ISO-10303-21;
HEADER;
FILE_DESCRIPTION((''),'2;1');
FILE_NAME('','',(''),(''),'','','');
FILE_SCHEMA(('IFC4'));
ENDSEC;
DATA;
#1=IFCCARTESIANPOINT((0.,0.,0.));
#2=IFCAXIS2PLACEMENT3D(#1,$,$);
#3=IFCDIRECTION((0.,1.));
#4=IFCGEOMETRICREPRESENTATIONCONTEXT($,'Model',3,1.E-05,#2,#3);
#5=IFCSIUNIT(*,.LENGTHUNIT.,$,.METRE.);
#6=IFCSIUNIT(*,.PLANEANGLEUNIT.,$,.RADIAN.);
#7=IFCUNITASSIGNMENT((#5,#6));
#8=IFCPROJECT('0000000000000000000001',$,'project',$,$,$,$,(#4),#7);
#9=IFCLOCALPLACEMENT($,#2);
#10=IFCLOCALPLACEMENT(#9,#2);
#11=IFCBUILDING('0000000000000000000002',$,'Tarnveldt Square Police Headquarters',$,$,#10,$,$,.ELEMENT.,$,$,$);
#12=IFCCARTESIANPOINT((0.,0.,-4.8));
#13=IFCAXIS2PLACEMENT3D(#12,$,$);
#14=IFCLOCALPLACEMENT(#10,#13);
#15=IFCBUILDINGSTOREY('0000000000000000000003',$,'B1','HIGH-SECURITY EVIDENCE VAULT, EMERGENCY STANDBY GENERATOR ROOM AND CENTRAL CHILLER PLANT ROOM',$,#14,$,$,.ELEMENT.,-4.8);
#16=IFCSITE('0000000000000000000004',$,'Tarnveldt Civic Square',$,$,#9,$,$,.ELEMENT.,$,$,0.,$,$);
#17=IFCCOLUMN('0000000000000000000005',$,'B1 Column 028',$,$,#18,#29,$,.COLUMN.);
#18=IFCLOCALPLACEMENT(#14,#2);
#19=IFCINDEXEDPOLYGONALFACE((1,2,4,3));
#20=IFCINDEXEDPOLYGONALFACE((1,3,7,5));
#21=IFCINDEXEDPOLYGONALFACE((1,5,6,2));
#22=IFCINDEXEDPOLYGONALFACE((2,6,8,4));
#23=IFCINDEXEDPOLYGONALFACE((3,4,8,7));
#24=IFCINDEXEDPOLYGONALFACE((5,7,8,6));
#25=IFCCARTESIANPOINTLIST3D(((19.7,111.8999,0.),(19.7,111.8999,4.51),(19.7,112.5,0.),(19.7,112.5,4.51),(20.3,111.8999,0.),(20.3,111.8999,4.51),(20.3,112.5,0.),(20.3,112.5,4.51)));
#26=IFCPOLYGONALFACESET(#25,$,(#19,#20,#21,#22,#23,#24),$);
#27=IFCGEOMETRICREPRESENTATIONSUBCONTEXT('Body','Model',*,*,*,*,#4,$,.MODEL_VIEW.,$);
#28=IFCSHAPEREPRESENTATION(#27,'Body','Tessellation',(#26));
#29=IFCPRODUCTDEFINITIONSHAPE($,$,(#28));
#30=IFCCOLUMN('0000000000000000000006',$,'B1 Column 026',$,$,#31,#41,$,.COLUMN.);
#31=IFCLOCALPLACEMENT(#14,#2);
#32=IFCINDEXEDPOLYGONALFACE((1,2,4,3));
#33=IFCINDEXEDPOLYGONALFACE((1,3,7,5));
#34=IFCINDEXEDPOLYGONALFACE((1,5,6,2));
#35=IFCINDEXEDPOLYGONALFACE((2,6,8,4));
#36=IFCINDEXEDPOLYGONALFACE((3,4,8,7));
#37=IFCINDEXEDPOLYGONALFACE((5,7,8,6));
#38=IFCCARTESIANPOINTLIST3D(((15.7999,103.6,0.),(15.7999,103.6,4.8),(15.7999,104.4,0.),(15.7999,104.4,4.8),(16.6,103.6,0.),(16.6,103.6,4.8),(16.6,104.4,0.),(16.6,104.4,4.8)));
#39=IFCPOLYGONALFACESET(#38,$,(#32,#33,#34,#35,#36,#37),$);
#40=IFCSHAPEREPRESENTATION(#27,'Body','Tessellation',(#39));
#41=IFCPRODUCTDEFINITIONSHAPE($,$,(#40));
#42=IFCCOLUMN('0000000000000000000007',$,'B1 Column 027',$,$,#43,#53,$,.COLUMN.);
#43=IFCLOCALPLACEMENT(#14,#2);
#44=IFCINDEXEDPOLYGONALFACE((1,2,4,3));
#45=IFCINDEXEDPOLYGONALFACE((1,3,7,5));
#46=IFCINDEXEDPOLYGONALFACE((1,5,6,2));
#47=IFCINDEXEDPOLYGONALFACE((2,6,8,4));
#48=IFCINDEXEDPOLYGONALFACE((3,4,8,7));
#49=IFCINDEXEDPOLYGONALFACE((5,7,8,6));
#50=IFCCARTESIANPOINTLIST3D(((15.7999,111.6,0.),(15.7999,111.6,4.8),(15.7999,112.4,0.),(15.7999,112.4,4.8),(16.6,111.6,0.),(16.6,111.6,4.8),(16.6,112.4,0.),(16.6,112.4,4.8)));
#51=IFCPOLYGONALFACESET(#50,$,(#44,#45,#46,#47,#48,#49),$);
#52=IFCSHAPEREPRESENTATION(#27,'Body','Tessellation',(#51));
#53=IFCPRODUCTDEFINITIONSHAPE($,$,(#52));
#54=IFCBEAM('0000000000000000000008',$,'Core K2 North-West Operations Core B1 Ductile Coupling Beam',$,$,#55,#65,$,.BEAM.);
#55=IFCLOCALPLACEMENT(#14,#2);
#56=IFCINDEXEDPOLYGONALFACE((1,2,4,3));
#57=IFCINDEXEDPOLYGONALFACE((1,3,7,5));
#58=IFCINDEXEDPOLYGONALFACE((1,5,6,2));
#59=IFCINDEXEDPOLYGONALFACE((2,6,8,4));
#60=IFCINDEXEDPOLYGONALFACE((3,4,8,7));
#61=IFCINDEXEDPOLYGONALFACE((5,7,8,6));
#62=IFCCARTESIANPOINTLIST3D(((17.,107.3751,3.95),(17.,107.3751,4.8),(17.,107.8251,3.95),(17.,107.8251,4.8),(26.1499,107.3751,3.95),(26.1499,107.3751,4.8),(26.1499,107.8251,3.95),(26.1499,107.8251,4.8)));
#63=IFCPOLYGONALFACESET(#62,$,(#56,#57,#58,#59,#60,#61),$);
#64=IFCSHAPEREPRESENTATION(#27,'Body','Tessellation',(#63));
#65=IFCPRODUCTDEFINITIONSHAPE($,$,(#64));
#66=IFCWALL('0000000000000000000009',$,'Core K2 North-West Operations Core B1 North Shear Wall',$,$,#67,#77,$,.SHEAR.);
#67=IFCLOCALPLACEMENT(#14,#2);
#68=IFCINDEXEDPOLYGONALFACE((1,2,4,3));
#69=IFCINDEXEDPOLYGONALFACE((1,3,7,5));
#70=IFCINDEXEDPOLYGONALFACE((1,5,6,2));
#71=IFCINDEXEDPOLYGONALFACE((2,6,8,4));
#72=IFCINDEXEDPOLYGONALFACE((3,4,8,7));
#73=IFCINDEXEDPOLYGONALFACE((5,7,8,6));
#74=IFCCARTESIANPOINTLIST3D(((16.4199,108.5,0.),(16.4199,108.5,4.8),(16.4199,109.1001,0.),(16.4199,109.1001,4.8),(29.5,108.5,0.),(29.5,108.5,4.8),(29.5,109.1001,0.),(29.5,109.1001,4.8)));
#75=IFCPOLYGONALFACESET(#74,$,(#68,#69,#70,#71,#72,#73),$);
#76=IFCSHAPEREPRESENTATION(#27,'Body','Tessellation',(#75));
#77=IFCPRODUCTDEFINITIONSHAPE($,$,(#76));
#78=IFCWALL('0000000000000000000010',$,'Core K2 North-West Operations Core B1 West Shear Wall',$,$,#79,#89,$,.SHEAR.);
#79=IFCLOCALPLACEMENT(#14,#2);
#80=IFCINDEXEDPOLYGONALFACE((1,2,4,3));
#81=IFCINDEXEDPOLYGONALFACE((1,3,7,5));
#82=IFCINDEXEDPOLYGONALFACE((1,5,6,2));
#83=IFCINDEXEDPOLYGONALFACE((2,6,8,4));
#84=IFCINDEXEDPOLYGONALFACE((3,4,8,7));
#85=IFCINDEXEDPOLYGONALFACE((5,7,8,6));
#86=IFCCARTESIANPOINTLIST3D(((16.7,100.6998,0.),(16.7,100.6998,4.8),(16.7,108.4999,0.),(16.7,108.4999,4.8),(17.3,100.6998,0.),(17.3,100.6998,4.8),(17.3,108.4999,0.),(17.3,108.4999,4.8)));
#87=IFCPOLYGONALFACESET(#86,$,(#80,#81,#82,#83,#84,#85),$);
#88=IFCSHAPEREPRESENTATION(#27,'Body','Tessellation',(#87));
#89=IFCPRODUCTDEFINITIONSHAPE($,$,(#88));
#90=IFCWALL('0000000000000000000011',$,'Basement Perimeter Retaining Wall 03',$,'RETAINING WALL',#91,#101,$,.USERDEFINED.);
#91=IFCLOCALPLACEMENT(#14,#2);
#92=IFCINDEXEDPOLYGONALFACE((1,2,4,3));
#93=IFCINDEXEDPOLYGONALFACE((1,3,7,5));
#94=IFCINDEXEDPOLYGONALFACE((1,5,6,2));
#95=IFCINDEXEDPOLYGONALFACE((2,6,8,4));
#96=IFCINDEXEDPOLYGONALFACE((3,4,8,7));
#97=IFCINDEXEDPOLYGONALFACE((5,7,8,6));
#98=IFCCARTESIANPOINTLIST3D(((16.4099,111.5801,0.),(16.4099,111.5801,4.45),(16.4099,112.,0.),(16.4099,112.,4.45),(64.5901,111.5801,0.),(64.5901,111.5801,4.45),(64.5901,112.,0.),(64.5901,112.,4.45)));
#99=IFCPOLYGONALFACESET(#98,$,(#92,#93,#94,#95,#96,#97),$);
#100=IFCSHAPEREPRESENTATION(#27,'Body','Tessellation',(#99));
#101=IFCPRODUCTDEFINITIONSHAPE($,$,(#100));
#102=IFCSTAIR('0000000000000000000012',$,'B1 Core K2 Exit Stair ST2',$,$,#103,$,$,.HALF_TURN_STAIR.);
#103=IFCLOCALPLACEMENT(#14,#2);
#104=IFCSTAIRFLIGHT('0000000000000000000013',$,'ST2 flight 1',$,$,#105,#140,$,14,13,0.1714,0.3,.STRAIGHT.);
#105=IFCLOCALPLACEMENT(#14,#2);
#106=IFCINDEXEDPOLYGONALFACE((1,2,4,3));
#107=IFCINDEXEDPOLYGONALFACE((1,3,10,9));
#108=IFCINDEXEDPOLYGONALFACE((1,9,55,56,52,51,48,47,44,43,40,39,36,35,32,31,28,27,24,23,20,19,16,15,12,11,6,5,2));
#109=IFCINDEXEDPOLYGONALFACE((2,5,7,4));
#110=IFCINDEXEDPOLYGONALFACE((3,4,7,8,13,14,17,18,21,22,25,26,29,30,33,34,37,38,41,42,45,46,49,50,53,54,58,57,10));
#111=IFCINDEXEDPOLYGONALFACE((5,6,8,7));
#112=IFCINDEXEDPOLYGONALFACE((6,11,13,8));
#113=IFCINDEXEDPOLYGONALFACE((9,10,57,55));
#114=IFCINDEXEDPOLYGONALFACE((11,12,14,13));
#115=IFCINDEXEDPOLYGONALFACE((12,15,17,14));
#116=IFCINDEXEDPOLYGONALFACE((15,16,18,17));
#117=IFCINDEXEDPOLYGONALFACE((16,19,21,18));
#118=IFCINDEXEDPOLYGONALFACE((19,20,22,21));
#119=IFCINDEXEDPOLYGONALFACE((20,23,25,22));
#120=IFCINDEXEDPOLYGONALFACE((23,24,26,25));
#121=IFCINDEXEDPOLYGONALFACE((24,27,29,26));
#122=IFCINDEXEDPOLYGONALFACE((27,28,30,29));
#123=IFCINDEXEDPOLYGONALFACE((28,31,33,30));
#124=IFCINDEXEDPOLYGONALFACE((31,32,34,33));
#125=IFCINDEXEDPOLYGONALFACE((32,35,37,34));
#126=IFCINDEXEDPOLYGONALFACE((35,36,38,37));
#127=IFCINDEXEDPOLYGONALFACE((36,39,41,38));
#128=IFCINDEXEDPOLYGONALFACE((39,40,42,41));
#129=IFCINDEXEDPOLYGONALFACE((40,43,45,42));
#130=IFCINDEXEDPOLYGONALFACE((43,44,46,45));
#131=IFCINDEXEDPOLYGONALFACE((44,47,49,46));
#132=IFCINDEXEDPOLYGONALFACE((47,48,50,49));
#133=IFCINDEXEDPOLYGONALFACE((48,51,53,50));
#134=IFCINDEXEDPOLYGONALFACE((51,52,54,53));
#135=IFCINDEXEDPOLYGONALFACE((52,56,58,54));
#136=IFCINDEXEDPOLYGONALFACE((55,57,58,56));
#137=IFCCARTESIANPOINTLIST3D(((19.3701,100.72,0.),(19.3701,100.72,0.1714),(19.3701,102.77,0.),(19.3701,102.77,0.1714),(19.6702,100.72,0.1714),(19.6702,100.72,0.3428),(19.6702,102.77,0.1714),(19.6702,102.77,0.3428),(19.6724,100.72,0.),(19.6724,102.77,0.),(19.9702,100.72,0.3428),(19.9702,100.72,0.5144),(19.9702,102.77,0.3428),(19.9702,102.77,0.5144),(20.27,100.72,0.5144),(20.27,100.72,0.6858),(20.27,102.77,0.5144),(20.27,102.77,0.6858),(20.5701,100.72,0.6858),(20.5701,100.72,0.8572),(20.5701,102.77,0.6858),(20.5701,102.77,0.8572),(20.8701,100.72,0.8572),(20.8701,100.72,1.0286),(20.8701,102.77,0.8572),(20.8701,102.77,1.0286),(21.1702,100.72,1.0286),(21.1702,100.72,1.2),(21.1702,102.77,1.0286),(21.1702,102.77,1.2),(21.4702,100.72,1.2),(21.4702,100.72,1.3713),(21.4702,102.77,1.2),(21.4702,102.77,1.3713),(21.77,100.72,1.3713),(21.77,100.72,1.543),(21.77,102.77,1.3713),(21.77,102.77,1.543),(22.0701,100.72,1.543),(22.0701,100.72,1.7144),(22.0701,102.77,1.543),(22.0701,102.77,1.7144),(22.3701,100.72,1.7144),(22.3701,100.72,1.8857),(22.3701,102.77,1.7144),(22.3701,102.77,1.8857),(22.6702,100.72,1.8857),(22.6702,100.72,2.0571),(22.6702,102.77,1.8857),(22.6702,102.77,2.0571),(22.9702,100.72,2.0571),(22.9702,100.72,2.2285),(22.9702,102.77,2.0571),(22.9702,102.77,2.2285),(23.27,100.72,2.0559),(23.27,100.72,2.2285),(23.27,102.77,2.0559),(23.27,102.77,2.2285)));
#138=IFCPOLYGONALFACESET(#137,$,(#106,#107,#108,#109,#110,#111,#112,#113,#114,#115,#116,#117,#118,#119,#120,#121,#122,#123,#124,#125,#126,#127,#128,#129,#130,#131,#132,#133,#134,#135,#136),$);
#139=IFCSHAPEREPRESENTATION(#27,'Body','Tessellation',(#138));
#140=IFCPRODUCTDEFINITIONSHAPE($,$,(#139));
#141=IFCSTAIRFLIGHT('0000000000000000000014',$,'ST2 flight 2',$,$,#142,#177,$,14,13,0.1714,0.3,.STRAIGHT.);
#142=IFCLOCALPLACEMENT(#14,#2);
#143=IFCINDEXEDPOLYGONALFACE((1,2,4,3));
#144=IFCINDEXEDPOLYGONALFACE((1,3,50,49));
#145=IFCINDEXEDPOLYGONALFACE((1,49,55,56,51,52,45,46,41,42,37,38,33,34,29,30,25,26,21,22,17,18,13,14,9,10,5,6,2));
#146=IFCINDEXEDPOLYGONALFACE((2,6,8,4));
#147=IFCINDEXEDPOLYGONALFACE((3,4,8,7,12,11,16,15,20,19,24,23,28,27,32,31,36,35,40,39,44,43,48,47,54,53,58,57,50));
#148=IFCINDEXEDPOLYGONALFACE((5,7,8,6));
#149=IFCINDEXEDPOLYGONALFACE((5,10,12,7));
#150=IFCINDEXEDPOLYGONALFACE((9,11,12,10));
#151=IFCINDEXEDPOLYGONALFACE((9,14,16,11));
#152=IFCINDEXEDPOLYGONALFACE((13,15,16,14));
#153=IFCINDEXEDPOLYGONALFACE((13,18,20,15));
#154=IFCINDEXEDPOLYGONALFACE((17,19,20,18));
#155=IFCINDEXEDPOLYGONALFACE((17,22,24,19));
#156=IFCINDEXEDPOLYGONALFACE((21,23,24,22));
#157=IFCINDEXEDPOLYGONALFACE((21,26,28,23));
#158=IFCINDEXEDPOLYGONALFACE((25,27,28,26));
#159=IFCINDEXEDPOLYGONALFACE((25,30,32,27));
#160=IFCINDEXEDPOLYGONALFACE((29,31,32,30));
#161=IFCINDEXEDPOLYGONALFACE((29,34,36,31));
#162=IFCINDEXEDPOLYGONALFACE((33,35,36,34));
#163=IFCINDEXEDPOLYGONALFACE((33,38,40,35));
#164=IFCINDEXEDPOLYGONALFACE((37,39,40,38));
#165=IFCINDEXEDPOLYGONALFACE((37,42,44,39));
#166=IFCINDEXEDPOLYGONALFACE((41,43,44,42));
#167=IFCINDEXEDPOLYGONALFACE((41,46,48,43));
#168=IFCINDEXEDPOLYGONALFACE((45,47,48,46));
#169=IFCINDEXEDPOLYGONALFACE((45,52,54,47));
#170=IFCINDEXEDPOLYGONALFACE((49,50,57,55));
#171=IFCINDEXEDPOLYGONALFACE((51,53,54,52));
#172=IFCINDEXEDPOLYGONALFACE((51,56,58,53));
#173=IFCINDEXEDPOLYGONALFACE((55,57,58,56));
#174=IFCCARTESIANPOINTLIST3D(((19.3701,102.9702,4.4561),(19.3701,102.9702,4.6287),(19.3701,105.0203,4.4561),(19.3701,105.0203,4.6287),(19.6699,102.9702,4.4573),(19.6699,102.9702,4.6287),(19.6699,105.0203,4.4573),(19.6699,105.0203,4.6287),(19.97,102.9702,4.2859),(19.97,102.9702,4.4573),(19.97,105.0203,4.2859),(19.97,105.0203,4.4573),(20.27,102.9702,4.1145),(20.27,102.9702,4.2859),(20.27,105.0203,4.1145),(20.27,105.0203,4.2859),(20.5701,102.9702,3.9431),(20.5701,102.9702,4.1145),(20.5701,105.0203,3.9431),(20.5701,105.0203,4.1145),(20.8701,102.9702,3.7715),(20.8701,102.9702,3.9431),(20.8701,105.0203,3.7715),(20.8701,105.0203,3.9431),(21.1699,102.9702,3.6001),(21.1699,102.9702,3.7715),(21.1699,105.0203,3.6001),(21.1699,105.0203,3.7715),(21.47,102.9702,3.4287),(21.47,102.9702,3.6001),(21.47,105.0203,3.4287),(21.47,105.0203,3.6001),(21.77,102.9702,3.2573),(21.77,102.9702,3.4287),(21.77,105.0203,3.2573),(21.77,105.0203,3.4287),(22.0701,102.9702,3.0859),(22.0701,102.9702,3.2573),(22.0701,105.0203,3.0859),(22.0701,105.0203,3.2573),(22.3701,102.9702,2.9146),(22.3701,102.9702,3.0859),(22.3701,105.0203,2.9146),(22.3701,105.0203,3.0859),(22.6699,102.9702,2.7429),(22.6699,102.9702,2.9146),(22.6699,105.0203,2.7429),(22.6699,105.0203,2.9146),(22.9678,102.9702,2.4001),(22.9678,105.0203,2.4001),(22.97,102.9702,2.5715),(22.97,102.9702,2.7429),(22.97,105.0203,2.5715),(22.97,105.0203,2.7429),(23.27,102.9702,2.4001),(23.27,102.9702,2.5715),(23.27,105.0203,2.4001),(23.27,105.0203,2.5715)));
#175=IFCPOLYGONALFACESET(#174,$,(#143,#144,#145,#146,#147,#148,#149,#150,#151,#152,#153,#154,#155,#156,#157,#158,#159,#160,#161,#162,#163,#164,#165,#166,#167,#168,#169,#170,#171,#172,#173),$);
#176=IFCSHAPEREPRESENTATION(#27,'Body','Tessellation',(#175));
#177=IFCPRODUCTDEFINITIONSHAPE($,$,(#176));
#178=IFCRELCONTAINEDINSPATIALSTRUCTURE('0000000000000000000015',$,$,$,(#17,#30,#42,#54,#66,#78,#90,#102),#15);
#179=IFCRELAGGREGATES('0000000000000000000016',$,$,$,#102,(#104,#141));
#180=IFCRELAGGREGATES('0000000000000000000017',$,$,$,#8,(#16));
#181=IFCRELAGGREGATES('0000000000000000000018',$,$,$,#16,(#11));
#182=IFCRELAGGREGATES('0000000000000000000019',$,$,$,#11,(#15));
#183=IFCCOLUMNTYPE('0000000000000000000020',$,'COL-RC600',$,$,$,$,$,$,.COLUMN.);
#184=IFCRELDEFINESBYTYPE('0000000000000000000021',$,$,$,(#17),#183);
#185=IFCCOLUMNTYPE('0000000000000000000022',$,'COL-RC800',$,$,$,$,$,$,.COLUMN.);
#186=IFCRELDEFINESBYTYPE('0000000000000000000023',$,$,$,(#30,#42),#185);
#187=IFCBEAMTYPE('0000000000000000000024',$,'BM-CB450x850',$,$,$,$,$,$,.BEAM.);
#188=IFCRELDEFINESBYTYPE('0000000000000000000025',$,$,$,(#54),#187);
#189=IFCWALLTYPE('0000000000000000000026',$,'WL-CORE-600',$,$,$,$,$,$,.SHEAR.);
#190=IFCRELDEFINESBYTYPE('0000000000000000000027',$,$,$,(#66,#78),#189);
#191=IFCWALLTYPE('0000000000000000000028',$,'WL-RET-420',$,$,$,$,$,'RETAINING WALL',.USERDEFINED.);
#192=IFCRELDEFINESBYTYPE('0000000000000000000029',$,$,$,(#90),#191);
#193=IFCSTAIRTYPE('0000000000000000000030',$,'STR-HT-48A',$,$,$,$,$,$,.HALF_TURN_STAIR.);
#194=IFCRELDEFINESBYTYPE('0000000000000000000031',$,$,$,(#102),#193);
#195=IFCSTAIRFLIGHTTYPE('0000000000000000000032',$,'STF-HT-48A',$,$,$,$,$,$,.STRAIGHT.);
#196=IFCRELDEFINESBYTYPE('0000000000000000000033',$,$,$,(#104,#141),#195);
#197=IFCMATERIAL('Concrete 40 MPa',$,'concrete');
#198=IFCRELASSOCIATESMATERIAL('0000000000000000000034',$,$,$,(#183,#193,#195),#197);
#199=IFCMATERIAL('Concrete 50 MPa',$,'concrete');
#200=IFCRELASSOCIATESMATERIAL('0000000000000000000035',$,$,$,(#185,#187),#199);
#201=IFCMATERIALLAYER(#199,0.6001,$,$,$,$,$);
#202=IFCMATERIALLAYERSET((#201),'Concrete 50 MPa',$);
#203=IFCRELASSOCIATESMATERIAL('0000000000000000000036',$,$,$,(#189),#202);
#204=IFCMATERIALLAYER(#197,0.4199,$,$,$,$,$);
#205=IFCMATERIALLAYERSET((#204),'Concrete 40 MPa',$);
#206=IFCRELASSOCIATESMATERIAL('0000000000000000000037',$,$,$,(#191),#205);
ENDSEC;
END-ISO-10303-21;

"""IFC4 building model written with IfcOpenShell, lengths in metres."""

from ifc_helpers import new_model, si_unit, direction, frame, frame_2d, origin, origin_2d, place, context, subcontext, project, spatial, polyline, rectangle, outline, extrude, material, layer, layer_set, material_profile, profile_set, type_object, element, aggregate, save


model = new_model("IFC4")

# Units and contexts
model_context = context("Model", 3, precision=1e-05, world=origin(), true_north=direction((0.0, 1.0)))
body_context = subcontext(model_context, "Body", "Model", "MODEL_VIEW")
ifc_project = project(units=[si_unit("LENGTHUNIT", "METRE"), si_unit("PLANEANGLEUNIT", "RADIAN")], contexts=[model_context])

# Site, building, storey
site_placement = place(None, origin())
site = spatial("IfcSite", under=ifc_project, at=site_placement, Name="Tarnveldt Civic Square", CompositionType="ELEMENT", RefElevation=0.0)
building_placement = place(site_placement, origin())
building = spatial("IfcBuilding", under=site, at=building_placement, Name="Tarnveldt Square Police Headquarters", CompositionType="ELEMENT")
storey_placement = place(building_placement, frame((0.0, 0.0, -4.8)))
storey = spatial("IfcBuildingStorey", under=building, at=storey_placement, Name="B1", Description="HIGH-SECURITY EVIDENCE VAULT, EMERGENCY STANDBY GENERATOR ROOM AND CENTRAL CHILLER PLANT ROOM", CompositionType="ELEMENT", Elevation=-4.8)

# Shared definitions
ifc_material_1 = material(Name="Concrete 40 MPa", Category="concrete")

# Columns
ifc_material_profile_1 = material_profile(ifc_material_1, rectangle(XDim=0.6001, YDim=0.6001, at=origin_2d()), Name="RC-C600x600")
ifc_profile_set_1 = profile_set([ifc_material_profile_1], Name="Concrete 40 MPa")
column_type_1 = type_object("IfcColumnType", Name="COL-RC600", PredefinedType="COLUMN", material=ifc_profile_set_1)
column_placement = place(storey_placement, frame((20.0, 112.2, 0.0), z_axis=(0.0, 0.0, 1.0), x_axis=(1.0, 0.0, 0.0)))
element("IfcColumn", 1, at=column_placement, inside=storey, type_object=column_type_1, Name="B1 Column 028", PredefinedType="COLUMN", context=body_context, shape_type="SweptSolid", body=[
    extrude(rectangle(XDim=0.6001, YDim=0.6001, at=origin_2d()), origin(), (0.0, 0.0, 1.0), 4.51),
])
ifc_material_2 = material(Name="Concrete 50 MPa", Category="concrete")
ifc_material_profile_2 = material_profile(ifc_material_2, rectangle(XDim=0.8, YDim=0.8, at=origin_2d()), Name="RC-C800x800")
ifc_profile_set_2 = profile_set([ifc_material_profile_2], Name="Concrete 50 MPa")
column_type_2 = type_object("IfcColumnType", Name="COL-RC800", PredefinedType="COLUMN", material=ifc_profile_set_2)
for number, where, z_axis, x_axis, name in (
    (2, (16.2, 104.0, 0.0), (0.0, 0.0, 1.0), (1.0, 0.0, 0.0), "B1 Column 026"),
    (3, (16.2, 112.0, 0.0), (0.0, 0.0, 1.0), (1.0, 0.0, 0.0), "B1 Column 027"),
):
    element("IfcColumn", number, at=place(storey_placement, frame(where, z_axis=z_axis, x_axis=x_axis)), inside=storey, type_object=column_type_2, Name=name, PredefinedType="COLUMN", context=body_context, shape_type="SweptSolid", body=[
        extrude(rectangle(XDim=0.8, YDim=0.8, at=origin_2d()), origin(), (0.0, 0.0, 1.0), 4.8),
    ])

# Beam
ifc_material_profile_3 = material_profile(ifc_material_2, rectangle(XDim=0.45, YDim=0.8501, at=origin_2d()), Name="RC-CB450x850")
ifc_profile_set_3 = profile_set([ifc_material_profile_3], Name="Concrete 50 MPa")
beam_type = type_object("IfcBeamType", Name="BM-CB450x850", PredefinedType="BEAM", material=ifc_profile_set_3)
beam_placement = place(storey_placement, frame((17.0, 107.6001, 4.375), z_axis=(1.0, 0.0, 0.0), x_axis=(0.0, 1.0, 0.0)))
element("IfcBeam", 4, at=beam_placement, inside=storey, type_object=beam_type, Name="Core K2 North-West Operations Core B1 Ductile Coupling Beam", PredefinedType="BEAM", context=body_context, shape_type="SweptSolid", body=[
    extrude(rectangle(XDim=0.45, YDim=0.8501, at=origin_2d()), origin(), (0.0, 0.0, 1.0), 9.1499),
])

# Walls
ifc_layer_1 = layer(ifc_material_2, 0.6001)
ifc_layer_set_1 = layer_set([ifc_layer_1], Name="Concrete 50 MPa")
wall_type_1 = type_object("IfcWallType", Name="WL-CORE-600", PredefinedType="SHEAR", material=ifc_layer_set_1)
wall_1_placement = place(storey_placement, frame((16.4199, 108.8, 0.0), z_axis=(0.0, 0.0, 1.0), x_axis=(1.0, 0.0, 0.0)))
element("IfcWall", 5, at=wall_1_placement, inside=storey, type_object=wall_type_1, Name="Core K2 North-West Operations Core B1 North Shear Wall", PredefinedType="SHEAR", context=body_context, shape_type="SweptSolid", body=[
    extrude(rectangle(XDim=13.0801, YDim=0.6001, at=frame_2d((6.54, 0.0))), origin(), (0.0, 0.0, 1.0), 4.8),
])
wall_2_placement = place(storey_placement, frame((17.0, 100.7, 0.0), z_axis=(0.0, 0.0, 1.0), x_axis=(0.0, 1.0, 0.0)))
element("IfcWall", 6, at=wall_2_placement, inside=storey, type_object=wall_type_1, Name="Core K2 North-West Operations Core B1 West Shear Wall", PredefinedType="SHEAR", context=body_context, shape_type="SweptSolid", body=[
    extrude(rectangle(XDim=7.8, YDim=0.6001, at=frame_2d((3.8999, 0.0))), origin(), (0.0, 0.0, 1.0), 4.8),
])
ifc_layer_2 = layer(ifc_material_1, 0.4199)
ifc_layer_set_2 = layer_set([ifc_layer_2], Name="Concrete 40 MPa")
wall_type_2 = type_object("IfcWallType", Name="WL-RET-420", ElementType="RETAINING WALL", PredefinedType="USERDEFINED", material=ifc_layer_set_2)
wall_3_placement = place(storey_placement, frame((16.4099, 111.79, 0.0), z_axis=(0.0, 0.0, 1.0), x_axis=(1.0, 0.0, 0.0)))
element("IfcWall", 7, at=wall_3_placement, inside=storey, type_object=wall_type_2, Name="Basement Perimeter Retaining Wall 03", ObjectType="RETAINING WALL", PredefinedType="USERDEFINED", context=body_context, shape_type="SweptSolid", body=[
    extrude(rectangle(XDim=48.1802, YDim=0.4199, at=frame_2d((24.0901, 0.0))), origin(), (0.0, 0.0, 1.0), 4.45),
])

# Stair, stair flights
stair_type = type_object("IfcStairType", Name="STR-HT-48A", PredefinedType="HALF_TURN_STAIR", material=ifc_material_1)
stair_placement = place(storey_placement, origin())
stair = element("IfcStair", 8, at=stair_placement, inside=storey, type_object=stair_type, Name="B1 Core K2 Exit Stair ST2", PredefinedType="HALF_TURN_STAIR")
stair_flight_type = type_object("IfcStairFlightType", Name="STF-HT-48A", PredefinedType="STRAIGHT", material=ifc_material_1)
stair_flight_1_placement = place(storey_placement, frame((19.3701, 101.7451, 0.0), z_axis=(0.0, 0.0, 1.0), x_axis=(1.0, 0.0, 0.0)))
stair_flight_1 = element("IfcStairFlight", 9, at=stair_flight_1_placement, type_object=stair_flight_type, Name="ST2 flight 1", NumberOfRisers=14, NumberOfTreads=13, PredefinedType="STRAIGHT", RiserHeight=0.1714, TreadLength=0.3, context=body_context, shape_type="SweptSolid", body=[
    extrude(outline(polyline([(0.0, 0.0), (0.0, 0.1714), (0.3, 0.1714), (0.3, 0.3428), (0.6001, 0.3428), (0.6001, 0.5144), (0.8999, 0.5144), (0.8999, 0.6858), (1.2, 0.6858), (1.2, 0.8572), (1.5, 0.8572), (1.5, 1.0286), (1.8, 1.0286), (1.8, 1.2), (2.1001, 1.2), (2.1001, 1.3713), (2.3999, 1.3713), (2.3999, 1.543), (2.7, 1.543), (2.7, 1.7144), (3.0, 1.7144), (3.0, 1.8857), (3.3, 1.8857), (3.3, 2.0571), (3.6001, 2.0571), (3.6001, 2.2285), (3.8999, 2.2285), (3.8999, 2.3999), (3.8999, 2.0559), (0.3022, 0.0), (0.0, 0.0)])), frame((0.0, 1.0249, 0.0), z_axis=(0.0, -1.0, 0.0), x_axis=(1.0, 0.0, 0.0)), (0.0, 0.0, 1.0), 2.05),
])
stair_flight_2_placement = place(storey_placement, frame((23.27, 103.9951, 2.4001), z_axis=(0.0, 0.0, 1.0), x_axis=(-1.0, 0.0, 0.0)))
stair_flight_2 = element("IfcStairFlight", 10, at=stair_flight_2_placement, type_object=stair_flight_type, Name="ST2 flight 2", NumberOfRisers=14, NumberOfTreads=13, PredefinedType="STRAIGHT", RiserHeight=0.1714, TreadLength=0.3, context=body_context, shape_type="SweptSolid", body=[
    extrude(outline(polyline([(0.0, 0.0), (0.0, 0.1714), (0.3, 0.1714), (0.3, 0.3428), (0.6001, 0.3428), (0.6001, 0.5144), (0.8999, 0.5144), (0.8999, 0.6858), (1.2, 0.6858), (1.2, 0.8572), (1.5, 0.8572), (1.5, 1.0286), (1.8, 1.0286), (1.8, 1.2), (2.1001, 1.2), (2.1001, 1.3713), (2.3999, 1.3713), (2.3999, 1.543), (2.7, 1.543), (2.7, 1.7144), (3.0, 1.7144), (3.0, 1.8857), (3.3, 1.8857), (3.3, 2.0571), (3.6001, 2.0571), (3.6001, 2.2285), (3.8999, 2.2285), (3.8999, 2.3999), (3.8999, 2.0559), (0.3022, 0.0), (0.0, 0.0)])), frame((0.0, 1.0249, 0.0), z_axis=(0.0, -1.0, 0.0), x_axis=(1.0, 0.0, 0.0)), (0.0, 0.0, 1.0), 2.05),
])
aggregate(stair, [stair_flight_1, stair_flight_2])

save(model, "model.ifc")
